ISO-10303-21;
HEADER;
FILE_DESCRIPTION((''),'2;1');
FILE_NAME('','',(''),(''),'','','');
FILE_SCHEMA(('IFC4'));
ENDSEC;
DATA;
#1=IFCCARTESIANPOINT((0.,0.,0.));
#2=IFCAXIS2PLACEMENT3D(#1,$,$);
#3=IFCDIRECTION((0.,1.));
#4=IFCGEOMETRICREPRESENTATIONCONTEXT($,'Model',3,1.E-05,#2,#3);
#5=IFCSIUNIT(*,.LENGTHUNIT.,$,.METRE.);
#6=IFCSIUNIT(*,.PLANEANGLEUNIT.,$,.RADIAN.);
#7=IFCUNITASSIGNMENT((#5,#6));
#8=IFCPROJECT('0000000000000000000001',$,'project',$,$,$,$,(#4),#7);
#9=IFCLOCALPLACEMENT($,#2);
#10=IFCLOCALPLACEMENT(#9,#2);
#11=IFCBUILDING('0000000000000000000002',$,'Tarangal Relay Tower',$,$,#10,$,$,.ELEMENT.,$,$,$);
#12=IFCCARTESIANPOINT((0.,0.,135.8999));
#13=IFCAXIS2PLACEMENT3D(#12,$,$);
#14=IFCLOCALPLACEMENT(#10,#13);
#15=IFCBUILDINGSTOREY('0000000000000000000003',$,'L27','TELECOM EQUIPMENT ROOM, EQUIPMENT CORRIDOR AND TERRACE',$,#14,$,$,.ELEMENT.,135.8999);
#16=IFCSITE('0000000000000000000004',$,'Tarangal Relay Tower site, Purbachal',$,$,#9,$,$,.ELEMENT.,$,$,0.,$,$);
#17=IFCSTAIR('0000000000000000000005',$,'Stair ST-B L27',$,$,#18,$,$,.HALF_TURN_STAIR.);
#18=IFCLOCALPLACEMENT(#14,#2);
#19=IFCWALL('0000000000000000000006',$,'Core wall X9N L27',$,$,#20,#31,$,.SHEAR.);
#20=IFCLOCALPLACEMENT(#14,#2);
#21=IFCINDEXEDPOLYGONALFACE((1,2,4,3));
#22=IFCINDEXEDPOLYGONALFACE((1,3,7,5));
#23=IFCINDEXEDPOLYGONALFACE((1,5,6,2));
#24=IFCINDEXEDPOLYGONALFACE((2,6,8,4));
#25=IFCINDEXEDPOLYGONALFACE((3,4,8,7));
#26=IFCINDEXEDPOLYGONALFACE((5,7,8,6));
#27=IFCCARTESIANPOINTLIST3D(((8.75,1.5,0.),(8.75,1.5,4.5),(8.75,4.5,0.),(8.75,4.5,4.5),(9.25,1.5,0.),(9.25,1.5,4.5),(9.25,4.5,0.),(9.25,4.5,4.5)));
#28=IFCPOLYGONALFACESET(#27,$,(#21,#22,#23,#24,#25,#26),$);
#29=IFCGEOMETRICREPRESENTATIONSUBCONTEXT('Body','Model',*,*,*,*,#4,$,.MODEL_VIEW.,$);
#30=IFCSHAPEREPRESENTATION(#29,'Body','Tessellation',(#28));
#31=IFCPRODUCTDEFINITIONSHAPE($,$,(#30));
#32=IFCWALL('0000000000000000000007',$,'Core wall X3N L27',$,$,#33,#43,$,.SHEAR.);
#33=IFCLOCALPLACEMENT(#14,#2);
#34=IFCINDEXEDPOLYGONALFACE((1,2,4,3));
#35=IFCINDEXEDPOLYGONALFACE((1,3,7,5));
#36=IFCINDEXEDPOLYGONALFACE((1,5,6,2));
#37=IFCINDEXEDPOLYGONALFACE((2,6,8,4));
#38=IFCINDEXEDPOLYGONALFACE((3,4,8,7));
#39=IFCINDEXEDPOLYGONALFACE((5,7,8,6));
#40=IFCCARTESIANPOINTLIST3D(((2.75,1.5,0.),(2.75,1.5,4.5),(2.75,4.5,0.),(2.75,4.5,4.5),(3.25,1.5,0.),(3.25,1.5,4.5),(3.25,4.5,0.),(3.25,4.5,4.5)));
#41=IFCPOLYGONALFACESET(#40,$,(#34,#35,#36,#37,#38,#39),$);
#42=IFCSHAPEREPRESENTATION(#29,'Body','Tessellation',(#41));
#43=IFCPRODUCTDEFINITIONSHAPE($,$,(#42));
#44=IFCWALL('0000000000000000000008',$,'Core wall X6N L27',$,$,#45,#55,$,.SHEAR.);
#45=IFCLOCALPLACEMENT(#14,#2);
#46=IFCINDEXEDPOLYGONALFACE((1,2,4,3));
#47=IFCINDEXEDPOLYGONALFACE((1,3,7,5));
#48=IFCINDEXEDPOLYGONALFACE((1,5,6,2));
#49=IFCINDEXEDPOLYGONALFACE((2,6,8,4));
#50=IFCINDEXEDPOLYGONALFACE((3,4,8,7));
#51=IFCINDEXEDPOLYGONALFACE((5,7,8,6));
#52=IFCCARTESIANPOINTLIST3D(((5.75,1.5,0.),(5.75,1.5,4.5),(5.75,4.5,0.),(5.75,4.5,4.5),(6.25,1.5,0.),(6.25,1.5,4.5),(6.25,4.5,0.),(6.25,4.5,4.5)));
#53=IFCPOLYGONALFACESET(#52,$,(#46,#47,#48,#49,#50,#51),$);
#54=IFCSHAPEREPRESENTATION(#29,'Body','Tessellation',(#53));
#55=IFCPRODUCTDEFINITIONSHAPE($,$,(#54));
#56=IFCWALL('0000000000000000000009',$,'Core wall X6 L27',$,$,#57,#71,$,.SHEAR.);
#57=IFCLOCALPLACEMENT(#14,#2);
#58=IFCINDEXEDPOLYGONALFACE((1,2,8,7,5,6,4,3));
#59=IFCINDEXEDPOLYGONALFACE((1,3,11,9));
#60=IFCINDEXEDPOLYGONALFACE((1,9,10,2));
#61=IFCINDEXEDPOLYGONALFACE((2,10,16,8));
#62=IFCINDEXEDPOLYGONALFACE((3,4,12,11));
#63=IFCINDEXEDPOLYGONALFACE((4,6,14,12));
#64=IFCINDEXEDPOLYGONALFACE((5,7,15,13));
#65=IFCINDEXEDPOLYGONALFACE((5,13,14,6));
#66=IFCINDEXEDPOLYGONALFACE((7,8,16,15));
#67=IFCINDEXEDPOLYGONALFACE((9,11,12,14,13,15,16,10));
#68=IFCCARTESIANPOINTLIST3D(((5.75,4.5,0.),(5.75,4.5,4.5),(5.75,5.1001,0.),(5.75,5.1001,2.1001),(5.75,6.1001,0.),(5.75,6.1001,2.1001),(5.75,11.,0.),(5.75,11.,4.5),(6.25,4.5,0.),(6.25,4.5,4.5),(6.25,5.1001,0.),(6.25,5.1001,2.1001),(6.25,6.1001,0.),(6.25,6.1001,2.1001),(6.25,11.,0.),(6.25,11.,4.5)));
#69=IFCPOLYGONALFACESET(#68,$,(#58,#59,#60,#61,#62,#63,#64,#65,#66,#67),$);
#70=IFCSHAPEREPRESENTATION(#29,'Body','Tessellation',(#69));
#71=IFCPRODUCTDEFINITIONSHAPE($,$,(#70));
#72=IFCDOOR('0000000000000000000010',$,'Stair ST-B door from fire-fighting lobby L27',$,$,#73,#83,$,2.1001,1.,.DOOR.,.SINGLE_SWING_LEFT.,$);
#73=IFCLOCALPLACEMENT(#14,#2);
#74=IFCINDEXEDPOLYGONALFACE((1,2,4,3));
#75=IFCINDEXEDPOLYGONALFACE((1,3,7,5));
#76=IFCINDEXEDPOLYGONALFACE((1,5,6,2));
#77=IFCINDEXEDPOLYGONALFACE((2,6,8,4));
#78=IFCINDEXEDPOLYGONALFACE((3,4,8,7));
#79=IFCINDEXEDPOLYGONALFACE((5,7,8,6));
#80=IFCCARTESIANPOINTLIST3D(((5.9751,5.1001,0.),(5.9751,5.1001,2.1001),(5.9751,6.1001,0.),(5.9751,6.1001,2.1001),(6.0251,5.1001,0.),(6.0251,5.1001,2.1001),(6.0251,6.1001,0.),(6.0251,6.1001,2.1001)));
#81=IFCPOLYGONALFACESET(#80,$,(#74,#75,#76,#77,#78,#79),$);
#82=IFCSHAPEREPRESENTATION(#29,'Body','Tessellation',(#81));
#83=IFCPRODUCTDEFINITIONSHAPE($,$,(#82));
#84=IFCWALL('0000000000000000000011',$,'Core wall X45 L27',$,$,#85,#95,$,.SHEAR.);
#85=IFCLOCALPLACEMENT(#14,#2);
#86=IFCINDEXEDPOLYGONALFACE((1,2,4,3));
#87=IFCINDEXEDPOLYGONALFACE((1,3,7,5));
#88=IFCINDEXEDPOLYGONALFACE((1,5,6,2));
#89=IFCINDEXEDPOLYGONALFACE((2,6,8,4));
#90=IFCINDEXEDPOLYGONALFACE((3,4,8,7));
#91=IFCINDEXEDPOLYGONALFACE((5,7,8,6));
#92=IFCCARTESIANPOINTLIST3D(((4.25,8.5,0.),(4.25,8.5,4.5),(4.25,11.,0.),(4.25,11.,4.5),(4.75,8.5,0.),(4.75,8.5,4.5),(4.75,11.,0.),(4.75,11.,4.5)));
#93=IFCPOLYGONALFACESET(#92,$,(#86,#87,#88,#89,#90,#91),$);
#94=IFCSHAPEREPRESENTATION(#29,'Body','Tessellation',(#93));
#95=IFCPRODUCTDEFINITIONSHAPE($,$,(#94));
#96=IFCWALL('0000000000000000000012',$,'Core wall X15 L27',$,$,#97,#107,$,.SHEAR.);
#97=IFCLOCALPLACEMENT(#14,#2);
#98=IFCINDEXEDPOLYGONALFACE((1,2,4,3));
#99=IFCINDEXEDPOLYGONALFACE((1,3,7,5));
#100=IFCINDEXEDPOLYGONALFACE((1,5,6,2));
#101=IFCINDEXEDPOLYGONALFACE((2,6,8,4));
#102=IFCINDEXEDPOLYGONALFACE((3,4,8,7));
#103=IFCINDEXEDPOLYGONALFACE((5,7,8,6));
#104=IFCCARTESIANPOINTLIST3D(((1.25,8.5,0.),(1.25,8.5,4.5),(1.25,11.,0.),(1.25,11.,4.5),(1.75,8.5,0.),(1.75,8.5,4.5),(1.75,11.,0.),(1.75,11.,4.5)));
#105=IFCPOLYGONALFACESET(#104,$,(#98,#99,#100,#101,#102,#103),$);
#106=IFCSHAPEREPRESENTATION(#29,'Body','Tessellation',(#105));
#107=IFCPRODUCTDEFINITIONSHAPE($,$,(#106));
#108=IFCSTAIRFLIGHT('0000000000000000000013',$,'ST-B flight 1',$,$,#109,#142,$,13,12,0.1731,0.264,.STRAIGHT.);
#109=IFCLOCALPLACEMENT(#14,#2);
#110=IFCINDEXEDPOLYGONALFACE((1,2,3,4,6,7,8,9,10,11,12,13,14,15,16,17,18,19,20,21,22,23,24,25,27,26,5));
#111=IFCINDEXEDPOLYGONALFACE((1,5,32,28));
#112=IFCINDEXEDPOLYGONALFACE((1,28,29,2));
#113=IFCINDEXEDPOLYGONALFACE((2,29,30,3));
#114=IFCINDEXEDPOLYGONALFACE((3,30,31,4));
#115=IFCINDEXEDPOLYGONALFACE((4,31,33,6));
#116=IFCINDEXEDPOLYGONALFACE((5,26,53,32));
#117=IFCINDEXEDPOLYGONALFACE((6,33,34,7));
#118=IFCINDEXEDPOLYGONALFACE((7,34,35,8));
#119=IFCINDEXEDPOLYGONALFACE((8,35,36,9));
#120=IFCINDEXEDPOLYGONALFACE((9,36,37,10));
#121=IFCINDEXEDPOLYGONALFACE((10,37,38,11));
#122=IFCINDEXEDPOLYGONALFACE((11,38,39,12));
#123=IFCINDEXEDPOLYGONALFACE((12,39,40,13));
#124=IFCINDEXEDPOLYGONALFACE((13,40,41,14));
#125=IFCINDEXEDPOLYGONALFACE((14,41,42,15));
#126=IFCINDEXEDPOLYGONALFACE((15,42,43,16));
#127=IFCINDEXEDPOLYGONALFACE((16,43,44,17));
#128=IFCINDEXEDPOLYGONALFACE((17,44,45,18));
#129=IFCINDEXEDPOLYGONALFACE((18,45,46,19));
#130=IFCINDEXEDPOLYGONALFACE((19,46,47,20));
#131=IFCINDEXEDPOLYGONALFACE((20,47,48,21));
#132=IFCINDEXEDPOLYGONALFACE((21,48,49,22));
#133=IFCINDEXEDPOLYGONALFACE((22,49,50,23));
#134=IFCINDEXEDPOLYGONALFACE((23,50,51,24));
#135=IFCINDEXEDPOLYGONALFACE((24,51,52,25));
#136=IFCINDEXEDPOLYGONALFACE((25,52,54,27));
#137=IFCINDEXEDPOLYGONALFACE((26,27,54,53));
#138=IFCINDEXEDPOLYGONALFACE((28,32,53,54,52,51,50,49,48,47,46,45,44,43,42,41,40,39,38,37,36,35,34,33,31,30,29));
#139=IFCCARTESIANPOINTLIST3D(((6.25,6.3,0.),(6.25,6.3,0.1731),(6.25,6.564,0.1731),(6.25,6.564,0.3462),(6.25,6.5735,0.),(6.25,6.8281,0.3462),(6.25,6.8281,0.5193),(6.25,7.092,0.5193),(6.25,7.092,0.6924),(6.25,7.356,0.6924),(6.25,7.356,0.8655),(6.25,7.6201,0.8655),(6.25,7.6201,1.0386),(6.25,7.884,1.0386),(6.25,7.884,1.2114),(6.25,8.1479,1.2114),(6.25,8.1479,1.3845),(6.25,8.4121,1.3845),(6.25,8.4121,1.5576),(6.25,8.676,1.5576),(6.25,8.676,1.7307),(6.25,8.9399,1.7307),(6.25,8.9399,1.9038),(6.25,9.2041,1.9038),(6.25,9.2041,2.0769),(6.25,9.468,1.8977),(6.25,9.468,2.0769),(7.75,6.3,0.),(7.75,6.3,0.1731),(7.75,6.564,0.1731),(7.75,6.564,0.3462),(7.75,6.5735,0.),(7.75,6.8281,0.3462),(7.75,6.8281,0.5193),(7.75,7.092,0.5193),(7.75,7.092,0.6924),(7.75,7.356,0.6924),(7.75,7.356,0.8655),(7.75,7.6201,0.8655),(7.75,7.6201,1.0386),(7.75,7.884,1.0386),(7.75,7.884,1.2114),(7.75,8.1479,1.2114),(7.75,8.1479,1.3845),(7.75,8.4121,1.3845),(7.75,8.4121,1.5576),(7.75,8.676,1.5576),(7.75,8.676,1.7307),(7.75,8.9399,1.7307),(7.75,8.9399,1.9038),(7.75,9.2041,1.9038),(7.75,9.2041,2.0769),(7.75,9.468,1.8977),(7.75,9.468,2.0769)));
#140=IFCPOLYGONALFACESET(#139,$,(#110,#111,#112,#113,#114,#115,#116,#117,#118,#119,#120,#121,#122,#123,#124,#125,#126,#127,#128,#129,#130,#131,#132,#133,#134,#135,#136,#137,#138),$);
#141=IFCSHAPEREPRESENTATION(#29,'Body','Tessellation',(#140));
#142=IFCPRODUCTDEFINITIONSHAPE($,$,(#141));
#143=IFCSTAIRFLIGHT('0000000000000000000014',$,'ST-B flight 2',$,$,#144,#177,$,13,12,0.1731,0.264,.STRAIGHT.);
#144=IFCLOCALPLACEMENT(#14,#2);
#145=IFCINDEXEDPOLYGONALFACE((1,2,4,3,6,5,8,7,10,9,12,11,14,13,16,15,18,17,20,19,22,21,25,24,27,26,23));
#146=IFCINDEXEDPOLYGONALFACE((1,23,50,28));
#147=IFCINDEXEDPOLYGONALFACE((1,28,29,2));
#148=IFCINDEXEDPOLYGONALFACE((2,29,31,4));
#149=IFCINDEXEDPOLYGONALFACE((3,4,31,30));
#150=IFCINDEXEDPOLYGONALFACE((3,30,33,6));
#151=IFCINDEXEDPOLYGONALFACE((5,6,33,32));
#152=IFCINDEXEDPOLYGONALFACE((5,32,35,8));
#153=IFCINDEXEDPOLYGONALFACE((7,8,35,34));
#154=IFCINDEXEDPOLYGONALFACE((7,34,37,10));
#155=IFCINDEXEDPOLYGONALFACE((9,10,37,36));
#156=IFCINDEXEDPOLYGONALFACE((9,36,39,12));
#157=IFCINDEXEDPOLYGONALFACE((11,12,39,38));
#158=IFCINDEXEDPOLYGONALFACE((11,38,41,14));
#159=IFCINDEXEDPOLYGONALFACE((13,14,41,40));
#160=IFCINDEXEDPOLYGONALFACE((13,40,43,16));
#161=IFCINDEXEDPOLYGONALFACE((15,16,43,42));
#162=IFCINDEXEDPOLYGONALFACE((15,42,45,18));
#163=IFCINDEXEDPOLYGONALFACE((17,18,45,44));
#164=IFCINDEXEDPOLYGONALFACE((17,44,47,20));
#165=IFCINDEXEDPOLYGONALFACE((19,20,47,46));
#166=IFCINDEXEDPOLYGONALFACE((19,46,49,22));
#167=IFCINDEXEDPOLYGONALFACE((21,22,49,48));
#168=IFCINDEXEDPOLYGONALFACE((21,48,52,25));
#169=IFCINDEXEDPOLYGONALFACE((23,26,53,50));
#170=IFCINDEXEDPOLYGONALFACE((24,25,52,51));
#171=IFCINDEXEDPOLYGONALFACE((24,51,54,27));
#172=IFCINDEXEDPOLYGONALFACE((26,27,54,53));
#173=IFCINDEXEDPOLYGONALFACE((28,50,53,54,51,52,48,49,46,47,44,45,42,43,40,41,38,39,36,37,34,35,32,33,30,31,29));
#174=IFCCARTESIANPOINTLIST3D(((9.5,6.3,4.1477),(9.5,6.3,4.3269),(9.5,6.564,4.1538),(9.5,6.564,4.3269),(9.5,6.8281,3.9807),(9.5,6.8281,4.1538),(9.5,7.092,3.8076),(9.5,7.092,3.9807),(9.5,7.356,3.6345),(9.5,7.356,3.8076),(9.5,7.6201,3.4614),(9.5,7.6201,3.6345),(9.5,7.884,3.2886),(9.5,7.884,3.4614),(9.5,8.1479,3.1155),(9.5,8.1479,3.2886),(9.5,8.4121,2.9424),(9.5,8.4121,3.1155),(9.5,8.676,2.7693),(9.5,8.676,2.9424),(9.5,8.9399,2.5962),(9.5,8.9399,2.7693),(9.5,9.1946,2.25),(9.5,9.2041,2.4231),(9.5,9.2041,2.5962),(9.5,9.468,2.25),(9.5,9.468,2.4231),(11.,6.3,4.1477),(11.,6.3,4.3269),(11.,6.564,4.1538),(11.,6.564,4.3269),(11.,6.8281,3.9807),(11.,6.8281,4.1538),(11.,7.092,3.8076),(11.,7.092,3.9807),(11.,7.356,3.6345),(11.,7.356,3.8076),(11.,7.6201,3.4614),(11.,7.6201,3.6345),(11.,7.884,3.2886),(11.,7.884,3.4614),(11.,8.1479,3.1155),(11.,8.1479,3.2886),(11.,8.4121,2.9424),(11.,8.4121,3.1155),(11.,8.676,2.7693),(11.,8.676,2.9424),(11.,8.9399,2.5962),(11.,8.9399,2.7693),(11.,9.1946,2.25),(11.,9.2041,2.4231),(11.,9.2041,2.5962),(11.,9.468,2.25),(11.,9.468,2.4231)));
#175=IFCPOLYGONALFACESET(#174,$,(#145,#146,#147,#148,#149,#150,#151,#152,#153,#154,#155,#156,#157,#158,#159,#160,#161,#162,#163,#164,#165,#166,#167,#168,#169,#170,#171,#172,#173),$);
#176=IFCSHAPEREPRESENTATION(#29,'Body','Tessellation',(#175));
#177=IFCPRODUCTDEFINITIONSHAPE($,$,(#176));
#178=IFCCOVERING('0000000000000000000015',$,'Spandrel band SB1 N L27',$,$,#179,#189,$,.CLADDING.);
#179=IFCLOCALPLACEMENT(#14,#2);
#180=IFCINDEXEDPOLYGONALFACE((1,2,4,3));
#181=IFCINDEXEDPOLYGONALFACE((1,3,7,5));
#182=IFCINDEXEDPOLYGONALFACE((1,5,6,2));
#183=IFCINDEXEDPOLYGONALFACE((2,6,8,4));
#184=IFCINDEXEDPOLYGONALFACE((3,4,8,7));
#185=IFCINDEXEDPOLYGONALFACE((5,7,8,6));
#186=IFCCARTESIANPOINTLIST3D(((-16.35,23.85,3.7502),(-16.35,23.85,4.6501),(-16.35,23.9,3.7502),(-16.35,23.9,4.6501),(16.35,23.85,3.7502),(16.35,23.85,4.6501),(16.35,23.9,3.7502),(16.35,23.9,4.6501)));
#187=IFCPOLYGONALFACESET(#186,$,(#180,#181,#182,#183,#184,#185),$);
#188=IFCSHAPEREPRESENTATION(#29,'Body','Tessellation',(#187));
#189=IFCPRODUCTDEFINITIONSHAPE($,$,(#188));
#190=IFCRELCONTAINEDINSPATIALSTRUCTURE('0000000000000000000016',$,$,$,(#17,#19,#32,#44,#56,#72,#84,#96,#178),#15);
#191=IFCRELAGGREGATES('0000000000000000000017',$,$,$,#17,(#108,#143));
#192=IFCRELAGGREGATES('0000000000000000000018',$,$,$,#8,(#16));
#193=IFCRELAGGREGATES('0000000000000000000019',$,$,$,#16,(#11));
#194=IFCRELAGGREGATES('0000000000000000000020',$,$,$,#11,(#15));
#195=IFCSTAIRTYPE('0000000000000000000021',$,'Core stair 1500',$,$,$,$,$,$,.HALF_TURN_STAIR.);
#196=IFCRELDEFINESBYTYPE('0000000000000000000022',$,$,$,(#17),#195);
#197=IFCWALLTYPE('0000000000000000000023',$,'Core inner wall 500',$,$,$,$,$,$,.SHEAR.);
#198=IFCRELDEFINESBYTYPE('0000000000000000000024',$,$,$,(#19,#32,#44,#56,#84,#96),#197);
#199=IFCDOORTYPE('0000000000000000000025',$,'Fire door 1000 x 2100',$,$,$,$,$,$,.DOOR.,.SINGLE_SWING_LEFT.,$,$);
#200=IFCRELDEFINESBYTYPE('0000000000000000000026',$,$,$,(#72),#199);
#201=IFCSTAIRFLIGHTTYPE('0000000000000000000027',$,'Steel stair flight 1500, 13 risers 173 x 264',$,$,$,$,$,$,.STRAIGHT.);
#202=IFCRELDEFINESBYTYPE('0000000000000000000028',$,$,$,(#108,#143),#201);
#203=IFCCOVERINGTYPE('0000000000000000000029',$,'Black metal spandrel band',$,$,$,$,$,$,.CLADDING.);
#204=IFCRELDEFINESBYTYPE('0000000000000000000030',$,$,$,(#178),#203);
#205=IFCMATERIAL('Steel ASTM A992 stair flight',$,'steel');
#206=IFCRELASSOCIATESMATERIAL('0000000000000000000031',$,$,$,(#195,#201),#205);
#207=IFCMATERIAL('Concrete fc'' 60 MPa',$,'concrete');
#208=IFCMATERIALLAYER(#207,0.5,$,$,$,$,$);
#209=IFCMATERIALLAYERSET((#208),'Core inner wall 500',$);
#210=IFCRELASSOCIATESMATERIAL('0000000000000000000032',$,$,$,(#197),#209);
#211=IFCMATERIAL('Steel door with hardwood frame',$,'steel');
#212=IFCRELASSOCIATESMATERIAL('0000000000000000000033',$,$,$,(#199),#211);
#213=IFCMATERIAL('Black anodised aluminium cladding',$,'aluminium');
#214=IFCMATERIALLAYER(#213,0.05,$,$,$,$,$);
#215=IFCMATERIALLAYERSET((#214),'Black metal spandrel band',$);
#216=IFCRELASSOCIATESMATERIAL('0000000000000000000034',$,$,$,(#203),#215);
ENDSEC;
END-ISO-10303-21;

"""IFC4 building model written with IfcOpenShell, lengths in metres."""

from ifc_helpers import new_model, si_unit, direction, frame, frame_2d, origin, origin_2d, place, context, subcontext, project, spatial, polyline, rectangle, outline, extrude, material, layer, layer_set, type_object, element, fill, aggregate, save


model = new_model("IFC4")

# Units and contexts
model_context = context("Model", 3, precision=1e-05, world=origin(), true_north=direction((0.0, 1.0)))
body_context = subcontext(model_context, "Body", "Model", "MODEL_VIEW")
ifc_project = project(units=[si_unit("LENGTHUNIT", "METRE"), si_unit("PLANEANGLEUNIT", "RADIAN")], contexts=[model_context])

# Site, building, storey
site_placement = place(None, origin())
site = spatial("IfcSite", under=ifc_project, at=site_placement, Name="Tarangal Relay Tower site, Purbachal", CompositionType="ELEMENT", RefElevation=0.0)
building_placement = place(site_placement, origin())
building = spatial("IfcBuilding", under=site, at=building_placement, Name="Tarangal Relay Tower", CompositionType="ELEMENT")
storey_placement = place(building_placement, frame((0.0, 0.0, 135.8999)))
storey = spatial("IfcBuildingStorey", under=building, at=storey_placement, Name="L27", Description="TELECOM EQUIPMENT ROOM, EQUIPMENT CORRIDOR AND TERRACE", CompositionType="ELEMENT", Elevation=135.8999)

# Stair
ifc_material_1 = material(Name="Steel ASTM A992 stair flight", Category="steel")
stair_type = type_object("IfcStairType", Name="Core stair 1500", PredefinedType="HALF_TURN_STAIR", material=ifc_material_1)
stair_1_placement = place(storey_placement, origin())
stair_1 = element("IfcStair", 1, at=stair_1_placement, inside=storey, type_object=stair_type, Name="Stair ST-B L27", PredefinedType="HALF_TURN_STAIR")

# Walls
ifc_material_2 = material(Name="Concrete fc' 60 MPa", Category="concrete")
ifc_layer_1 = layer(ifc_material_2, 0.5)
ifc_layer_set_1 = layer_set([ifc_layer_1], Name="Core inner wall 500")
wall_type = type_object("IfcWallType", Name="Core inner wall 500", PredefinedType="SHEAR", material=ifc_layer_set_1)
for number, where, z_axis, x_axis, name in (
    (2, (9.0, 1.5, 0.0), (0.0, 0.0, 1.0), (0.0, 1.0, 0.0), "Core wall X9N L27"),
    (3, (3.0, 1.5, 0.0), (0.0, 0.0, 1.0), (0.0, 1.0, 0.0), "Core wall X3N L27"),
    (4, (6.0, 1.5, 0.0), (0.0, 0.0, 1.0), (0.0, 1.0, 0.0), "Core wall X6N L27"),
):
    element("IfcWall", number, at=place(storey_placement, frame(where, z_axis=z_axis, x_axis=x_axis)), inside=storey, type_object=wall_type, Name=name, PredefinedType="SHEAR", context=body_context, shape_type="SweptSolid", body=[
        extrude(rectangle(XDim=3.0, YDim=0.5, at=frame_2d((1.5, 0.0))), origin(), (0.0, 0.0, 1.0), 4.5),
    ])

# Wall, opening, door
wall_placement = place(storey_placement, frame((6.0, 4.5, 0.0), z_axis=(0.0, 0.0, 1.0), x_axis=(0.0, 1.0, 0.0)))
wall = element("IfcWall", 5, at=wall_placement, inside=storey, type_object=wall_type, Name="Core wall X6 L27", PredefinedType="SHEAR", context=body_context, shape_type="SweptSolid", body=[
    extrude(rectangle(XDim=6.5, YDim=0.5, at=frame_2d((3.25, 0.0))), origin(), (0.0, 0.0, 1.0), 4.5),
])
opening_placement = place(wall_placement, frame((0.6001, 0.0, 0.0)))
opening = element("IfcOpeningElement", 6, at=opening_placement, cuts=wall, PredefinedType="OPENING", context=body_context, shape_type="SweptSolid", body=[
    extrude(rectangle(XDim=1.0, YDim=2.1001, at=frame_2d((0.5, 1.05))), frame((0.0, 0.26, 0.0), z_axis=(0.0, -1.0, 0.0), x_axis=(1.0, 0.0, 0.0)), (0.0, 0.0, 1.0), 0.52),
])
ifc_material_3 = material(Name="Steel door with hardwood frame", Category="steel")
door_type = type_object("IfcDoorType", Name="Fire door 1000 x 2100", OperationType="SINGLE_SWING_LEFT", PredefinedType="DOOR", material=ifc_material_3)
door_placement = place(opening_placement, origin())
door = element("IfcDoor", 7, at=door_placement, inside=storey, type_object=door_type, Name="Stair ST-B door from fire-fighting lobby L27", OperationType="SINGLE_SWING_LEFT", OverallHeight=2.1001, OverallWidth=1.0, PredefinedType="DOOR", context=body_context, shape_type="SweptSolid", body=[
    extrude(rectangle(XDim=1.0, YDim=2.1001, at=frame_2d((0.5, 1.05))), frame((0.0, 0.0249, 0.0), z_axis=(0.0, -1.0, 0.0), x_axis=(1.0, 0.0, 0.0)), (0.0, 0.0, 1.0), 0.05),
])
fill(opening, door)

# Walls
for number, where, z_axis, x_axis, name in (
    (8, (4.5, 8.5, 0.0), (0.0, 0.0, 1.0), (0.0, 1.0, 0.0), "Core wall X45 L27"),
    (9, (1.5, 8.5, 0.0), (0.0, 0.0, 1.0), (0.0, 1.0, 0.0), "Core wall X15 L27"),
):
    element("IfcWall", number, at=place(storey_placement, frame(where, z_axis=z_axis, x_axis=x_axis)), inside=storey, type_object=wall_type, Name=name, PredefinedType="SHEAR", context=body_context, shape_type="SweptSolid", body=[
        extrude(rectangle(XDim=2.5, YDim=0.5, at=frame_2d((1.25, 0.0))), origin(), (0.0, 0.0, 1.0), 4.5),
    ])

# Stair flights
stair_flight_type = type_object("IfcStairFlightType", Name="Steel stair flight 1500, 13 risers 173 x 264", PredefinedType="STRAIGHT", material=ifc_material_1)
stair_flight_1_placement = place(storey_placement, frame((7.0, 6.3, 0.0), z_axis=(0.0, 0.0, 1.0), x_axis=(0.0, 1.0, 0.0)))
stair_flight_1 = element("IfcStairFlight", 10, at=stair_flight_1_placement, type_object=stair_flight_type, Name="ST-B flight 1", NumberOfRisers=13, NumberOfTreads=12, PredefinedType="STRAIGHT", RiserHeight=0.1731, TreadLength=0.264, context=body_context, shape_type="SweptSolid", body=[
    extrude(outline(polyline([(0.0, 0.0), (0.0, 0.1731), (0.2639, 0.1731), (0.2639, 0.3462), (0.5281, 0.3462), (0.5281, 0.5193), (0.792, 0.5193), (0.792, 0.6924), (1.0559, 0.6924), (1.0559, 0.8655), (1.3201, 0.8655), (1.3201, 1.0386), (1.584, 1.0386), (1.584, 1.2114), (1.8479, 1.2114), (1.8479, 1.3845), (2.1121, 1.3845), (2.1121, 1.5576), (2.376, 1.5576), (2.376, 1.7307), (2.6399, 1.7307), (2.6399, 1.9038), (2.9041, 1.9038), (2.9041, 2.0769), (3.168, 2.0769), (3.168, 2.25), (3.168, 1.8977), (0.2734, 0.0), (0.0, 0.0)])), frame((0.0, 0.75, 0.0), z_axis=(0.0, -1.0, 0.0), x_axis=(1.0, 0.0, 0.0)), (0.0, 0.0, 1.0), 1.5),
])
stair_flight_2_placement = place(storey_placement, frame((10.25, 9.468, 2.25), z_axis=(0.0, 0.0, 1.0), x_axis=(0.0, -1.0, 0.0)))
stair_flight_2 = element("IfcStairFlight", 11, at=stair_flight_2_placement, type_object=stair_flight_type, Name="ST-B flight 2", NumberOfRisers=13, NumberOfTreads=12, PredefinedType="STRAIGHT", RiserHeight=0.1731, TreadLength=0.264, context=body_context, shape_type="SweptSolid", body=[
    extrude(outline(polyline([(0.0, 0.0), (0.0, 0.1731), (0.2639, 0.1731), (0.2639, 0.3462), (0.5281, 0.3462), (0.5281, 0.5193), (0.792, 0.5193), (0.792, 0.6924), (1.0559, 0.6924), (1.0559, 0.8655), (1.3201, 0.8655), (1.3201, 1.0386), (1.584, 1.0386), (1.584, 1.2114), (1.8479, 1.2114), (1.8479, 1.3845), (2.1121, 1.3845), (2.1121, 1.5576), (2.376, 1.5576), (2.376, 1.7307), (2.6399, 1.7307), (2.6399, 1.9038), (2.9041, 1.9038), (2.9041, 2.0769), (3.168, 2.0769), (3.168, 2.25), (3.168, 1.8977), (0.2734, 0.0), (0.0, 0.0)])), frame((0.0, 0.75, 0.0), z_axis=(0.0, -1.0, 0.0), x_axis=(1.0, 0.0, 0.0)), (0.0, 0.0, 1.0), 1.5),
])
aggregate(stair_1, [stair_flight_1, stair_flight_2])

# Covering
ifc_material_4 = material(Name="Black anodised aluminium cladding", Category="aluminium")
ifc_layer_2 = layer(ifc_material_4, 0.05)
ifc_layer_set_2 = layer_set([ifc_layer_2], Name="Black metal spandrel band")
covering_type_1 = type_object("IfcCoveringType", Name="Black metal spandrel band", PredefinedType="CLADDING", material=ifc_layer_set_2)
covering_1_placement = place(storey_placement, frame((0.0, 23.875, 3.7502), z_axis=(0.0, 0.0, 1.0), x_axis=(1.0, 0.0, 0.0)))
element("IfcCovering", 12, at=covering_1_placement, inside=storey, type_object=covering_type_1, Name="Spandrel band SB1 N L27", PredefinedType="CLADDING", context=body_context, shape_type="SweptSolid", body=[
    extrude(rectangle(XDim=32.7, YDim=0.05, at=origin_2d()), origin(), (0.0, 0.0, 1.0), 0.8999),
])

save(model, "model.ifc")
